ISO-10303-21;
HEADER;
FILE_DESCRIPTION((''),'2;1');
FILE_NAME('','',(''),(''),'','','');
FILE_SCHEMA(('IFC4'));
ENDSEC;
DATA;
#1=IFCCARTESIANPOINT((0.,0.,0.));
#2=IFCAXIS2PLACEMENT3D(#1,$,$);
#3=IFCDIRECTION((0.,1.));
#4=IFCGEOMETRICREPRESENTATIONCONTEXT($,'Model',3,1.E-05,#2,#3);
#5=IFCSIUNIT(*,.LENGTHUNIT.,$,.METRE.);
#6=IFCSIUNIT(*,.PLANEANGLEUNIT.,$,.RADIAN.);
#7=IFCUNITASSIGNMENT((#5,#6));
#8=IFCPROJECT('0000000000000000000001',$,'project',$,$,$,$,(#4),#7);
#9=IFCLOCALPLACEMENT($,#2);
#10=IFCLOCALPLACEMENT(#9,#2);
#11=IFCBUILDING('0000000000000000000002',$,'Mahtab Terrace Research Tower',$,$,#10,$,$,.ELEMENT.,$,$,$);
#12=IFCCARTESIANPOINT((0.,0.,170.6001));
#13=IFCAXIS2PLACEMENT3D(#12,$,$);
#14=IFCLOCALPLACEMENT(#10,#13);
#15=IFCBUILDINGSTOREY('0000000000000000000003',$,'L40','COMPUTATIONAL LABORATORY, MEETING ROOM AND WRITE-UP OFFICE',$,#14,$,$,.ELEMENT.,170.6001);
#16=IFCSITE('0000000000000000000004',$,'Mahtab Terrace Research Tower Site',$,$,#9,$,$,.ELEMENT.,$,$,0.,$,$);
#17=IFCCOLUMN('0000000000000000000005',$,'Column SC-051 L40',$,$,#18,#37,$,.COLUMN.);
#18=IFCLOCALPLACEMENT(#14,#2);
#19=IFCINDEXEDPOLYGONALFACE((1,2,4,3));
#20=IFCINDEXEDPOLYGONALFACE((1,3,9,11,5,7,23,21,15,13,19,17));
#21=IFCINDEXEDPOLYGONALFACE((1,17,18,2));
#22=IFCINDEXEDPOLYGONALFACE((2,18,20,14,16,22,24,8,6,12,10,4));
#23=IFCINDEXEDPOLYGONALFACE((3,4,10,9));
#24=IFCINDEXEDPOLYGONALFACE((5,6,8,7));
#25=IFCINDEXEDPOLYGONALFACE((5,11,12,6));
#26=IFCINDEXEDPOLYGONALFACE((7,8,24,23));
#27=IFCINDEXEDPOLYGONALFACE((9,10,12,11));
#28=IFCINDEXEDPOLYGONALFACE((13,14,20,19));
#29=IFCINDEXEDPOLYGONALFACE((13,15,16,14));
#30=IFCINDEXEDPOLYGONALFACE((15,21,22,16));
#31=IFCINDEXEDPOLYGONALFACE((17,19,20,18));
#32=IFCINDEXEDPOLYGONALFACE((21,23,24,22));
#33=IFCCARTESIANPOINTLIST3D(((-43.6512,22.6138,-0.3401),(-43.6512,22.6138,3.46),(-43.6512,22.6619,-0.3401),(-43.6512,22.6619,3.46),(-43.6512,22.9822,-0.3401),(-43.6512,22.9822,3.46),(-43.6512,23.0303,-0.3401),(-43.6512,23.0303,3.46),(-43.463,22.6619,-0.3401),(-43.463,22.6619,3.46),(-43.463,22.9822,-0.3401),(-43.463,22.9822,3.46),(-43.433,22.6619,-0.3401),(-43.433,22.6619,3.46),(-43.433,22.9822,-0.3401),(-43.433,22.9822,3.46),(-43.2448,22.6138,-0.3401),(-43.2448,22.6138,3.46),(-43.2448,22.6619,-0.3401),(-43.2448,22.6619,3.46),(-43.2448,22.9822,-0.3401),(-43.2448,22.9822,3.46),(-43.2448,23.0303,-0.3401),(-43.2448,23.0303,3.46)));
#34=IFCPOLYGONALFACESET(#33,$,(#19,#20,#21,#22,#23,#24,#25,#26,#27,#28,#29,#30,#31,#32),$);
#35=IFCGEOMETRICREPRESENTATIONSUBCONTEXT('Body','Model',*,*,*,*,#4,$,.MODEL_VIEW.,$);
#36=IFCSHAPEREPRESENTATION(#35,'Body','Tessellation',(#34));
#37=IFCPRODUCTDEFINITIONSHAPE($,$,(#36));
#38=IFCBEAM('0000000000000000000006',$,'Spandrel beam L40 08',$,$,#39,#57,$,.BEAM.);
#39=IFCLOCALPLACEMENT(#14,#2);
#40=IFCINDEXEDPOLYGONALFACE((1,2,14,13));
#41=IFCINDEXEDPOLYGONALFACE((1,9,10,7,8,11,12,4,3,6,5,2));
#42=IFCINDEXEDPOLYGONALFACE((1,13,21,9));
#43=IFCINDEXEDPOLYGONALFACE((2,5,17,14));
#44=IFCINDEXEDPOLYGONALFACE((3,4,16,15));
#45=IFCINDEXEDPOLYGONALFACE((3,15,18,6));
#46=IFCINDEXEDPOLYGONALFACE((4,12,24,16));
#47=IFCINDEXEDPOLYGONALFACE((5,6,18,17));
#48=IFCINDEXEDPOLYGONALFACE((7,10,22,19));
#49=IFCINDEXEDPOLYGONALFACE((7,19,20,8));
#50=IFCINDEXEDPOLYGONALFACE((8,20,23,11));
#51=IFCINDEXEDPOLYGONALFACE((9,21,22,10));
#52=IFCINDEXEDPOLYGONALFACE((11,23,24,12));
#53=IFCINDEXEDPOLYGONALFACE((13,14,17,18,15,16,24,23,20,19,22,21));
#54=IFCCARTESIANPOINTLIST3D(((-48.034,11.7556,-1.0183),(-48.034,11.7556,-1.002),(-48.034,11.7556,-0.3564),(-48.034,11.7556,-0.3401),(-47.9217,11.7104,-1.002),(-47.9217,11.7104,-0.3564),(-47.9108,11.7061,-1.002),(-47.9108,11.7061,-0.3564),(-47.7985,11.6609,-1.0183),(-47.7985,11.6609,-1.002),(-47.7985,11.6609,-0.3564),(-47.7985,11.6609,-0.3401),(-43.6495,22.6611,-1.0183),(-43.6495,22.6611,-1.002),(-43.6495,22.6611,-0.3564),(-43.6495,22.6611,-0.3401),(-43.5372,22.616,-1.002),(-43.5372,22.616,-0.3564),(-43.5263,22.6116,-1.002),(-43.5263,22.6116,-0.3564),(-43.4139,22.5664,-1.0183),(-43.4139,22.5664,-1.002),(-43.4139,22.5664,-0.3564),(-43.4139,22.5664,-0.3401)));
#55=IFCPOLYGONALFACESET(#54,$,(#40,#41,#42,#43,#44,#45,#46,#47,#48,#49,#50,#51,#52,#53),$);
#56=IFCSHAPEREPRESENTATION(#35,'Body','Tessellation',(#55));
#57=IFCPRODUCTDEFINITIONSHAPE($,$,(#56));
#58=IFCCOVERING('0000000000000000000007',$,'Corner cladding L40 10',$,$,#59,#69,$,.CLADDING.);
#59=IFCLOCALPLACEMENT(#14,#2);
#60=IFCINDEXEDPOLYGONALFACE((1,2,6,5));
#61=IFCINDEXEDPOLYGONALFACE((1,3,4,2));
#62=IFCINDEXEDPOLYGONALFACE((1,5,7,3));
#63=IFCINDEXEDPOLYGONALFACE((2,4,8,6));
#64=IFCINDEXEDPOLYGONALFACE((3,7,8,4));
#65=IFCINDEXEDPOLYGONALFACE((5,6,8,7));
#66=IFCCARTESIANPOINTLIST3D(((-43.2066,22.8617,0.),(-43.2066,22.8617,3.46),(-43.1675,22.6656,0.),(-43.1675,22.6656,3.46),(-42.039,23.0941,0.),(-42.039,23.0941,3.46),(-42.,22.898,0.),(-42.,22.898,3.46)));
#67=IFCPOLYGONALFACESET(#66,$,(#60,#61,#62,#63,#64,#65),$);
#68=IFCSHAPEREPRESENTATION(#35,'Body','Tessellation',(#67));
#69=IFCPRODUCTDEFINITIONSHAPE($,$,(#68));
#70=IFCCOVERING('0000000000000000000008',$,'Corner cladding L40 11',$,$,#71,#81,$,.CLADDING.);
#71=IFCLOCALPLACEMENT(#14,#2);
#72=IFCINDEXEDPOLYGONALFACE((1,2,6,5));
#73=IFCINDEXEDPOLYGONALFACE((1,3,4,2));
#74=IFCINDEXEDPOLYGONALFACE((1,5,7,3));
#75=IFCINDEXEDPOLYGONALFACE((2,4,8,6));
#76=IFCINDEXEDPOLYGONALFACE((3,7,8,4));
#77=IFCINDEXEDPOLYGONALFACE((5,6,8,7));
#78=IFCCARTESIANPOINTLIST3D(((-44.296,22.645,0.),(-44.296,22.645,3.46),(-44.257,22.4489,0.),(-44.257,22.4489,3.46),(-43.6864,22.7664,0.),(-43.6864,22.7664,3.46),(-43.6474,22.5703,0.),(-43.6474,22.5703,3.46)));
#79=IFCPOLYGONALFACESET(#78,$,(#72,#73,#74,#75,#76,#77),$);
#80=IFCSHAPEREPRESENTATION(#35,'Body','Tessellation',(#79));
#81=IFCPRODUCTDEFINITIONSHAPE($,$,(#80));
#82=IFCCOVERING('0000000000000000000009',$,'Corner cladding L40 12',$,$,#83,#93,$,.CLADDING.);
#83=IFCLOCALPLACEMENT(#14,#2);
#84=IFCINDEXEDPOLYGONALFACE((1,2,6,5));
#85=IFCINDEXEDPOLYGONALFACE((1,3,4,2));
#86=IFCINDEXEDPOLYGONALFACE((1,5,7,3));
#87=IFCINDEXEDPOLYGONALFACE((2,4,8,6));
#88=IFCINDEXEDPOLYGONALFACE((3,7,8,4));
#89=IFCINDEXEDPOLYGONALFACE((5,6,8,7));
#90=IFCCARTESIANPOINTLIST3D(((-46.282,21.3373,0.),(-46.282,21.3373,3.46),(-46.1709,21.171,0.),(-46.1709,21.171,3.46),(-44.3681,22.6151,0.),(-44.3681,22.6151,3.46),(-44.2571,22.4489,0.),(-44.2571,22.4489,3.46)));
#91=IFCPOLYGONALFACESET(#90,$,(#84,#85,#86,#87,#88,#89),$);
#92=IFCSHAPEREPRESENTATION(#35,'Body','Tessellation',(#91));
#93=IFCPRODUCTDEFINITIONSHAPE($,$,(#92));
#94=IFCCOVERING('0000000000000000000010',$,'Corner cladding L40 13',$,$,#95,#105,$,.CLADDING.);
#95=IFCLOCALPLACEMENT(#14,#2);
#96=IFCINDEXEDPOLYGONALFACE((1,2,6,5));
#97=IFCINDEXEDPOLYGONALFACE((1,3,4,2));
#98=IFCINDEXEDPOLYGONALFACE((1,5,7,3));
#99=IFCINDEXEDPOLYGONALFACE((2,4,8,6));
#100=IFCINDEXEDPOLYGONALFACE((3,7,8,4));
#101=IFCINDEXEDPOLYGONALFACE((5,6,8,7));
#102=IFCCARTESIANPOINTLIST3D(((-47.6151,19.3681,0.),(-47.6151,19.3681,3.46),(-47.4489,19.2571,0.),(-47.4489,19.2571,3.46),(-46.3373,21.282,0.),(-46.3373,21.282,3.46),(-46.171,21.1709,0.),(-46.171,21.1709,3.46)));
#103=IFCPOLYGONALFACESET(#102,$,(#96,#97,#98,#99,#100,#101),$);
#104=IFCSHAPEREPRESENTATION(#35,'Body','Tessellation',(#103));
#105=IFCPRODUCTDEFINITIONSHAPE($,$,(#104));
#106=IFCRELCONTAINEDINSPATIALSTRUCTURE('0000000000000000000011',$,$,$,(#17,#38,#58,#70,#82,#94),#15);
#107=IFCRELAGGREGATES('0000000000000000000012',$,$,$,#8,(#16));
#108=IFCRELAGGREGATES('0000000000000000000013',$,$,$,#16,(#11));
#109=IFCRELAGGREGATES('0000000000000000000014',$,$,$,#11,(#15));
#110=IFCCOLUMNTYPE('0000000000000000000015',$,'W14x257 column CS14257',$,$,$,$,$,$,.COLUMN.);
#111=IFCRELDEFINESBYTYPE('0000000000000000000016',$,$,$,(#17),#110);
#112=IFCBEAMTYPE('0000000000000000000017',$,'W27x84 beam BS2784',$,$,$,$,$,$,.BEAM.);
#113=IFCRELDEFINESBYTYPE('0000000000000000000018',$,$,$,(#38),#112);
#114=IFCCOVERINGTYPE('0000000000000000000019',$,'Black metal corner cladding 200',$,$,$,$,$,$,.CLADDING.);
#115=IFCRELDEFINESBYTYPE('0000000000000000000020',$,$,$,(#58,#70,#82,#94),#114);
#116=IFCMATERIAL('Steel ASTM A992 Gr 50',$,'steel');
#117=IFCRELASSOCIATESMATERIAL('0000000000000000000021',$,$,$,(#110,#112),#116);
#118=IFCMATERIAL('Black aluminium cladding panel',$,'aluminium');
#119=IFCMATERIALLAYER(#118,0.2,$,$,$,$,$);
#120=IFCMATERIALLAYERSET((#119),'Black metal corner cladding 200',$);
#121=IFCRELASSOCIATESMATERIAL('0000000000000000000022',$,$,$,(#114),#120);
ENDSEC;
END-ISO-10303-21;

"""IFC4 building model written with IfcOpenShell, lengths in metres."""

from ifc_helpers import new_model, si_unit, direction, frame, origin, origin_2d, place, context, subcontext, project, spatial, rectangle, i_section, extrude, material, layer, layer_set, material_profile, profile_set, type_object, element, save


model = new_model("IFC4")

# Units and contexts
model_context = context("Model", 3, precision=1e-05, world=origin(), true_north=direction((0.0, 1.0)))
body_context = subcontext(model_context, "Body", "Model", "MODEL_VIEW")
ifc_project = project(units=[si_unit("LENGTHUNIT", "METRE"), si_unit("PLANEANGLEUNIT", "RADIAN")], contexts=[model_context])

# Site, building, storey
site_placement = place(None, origin())
site = spatial("IfcSite", under=ifc_project, at=site_placement, Name="Mahtab Terrace Research Tower Site", CompositionType="ELEMENT", RefElevation=0.0)
building_placement = place(site_placement, origin())
building = spatial("IfcBuilding", under=site, at=building_placement, Name="Mahtab Terrace Research Tower", CompositionType="ELEMENT")
storey_placement = place(building_placement, frame((0.0, 0.0, 170.6001)))
storey = spatial("IfcBuildingStorey", under=building, at=storey_placement, Name="L40", Description="COMPUTATIONAL LABORATORY, MEETING ROOM AND WRITE-UP OFFICE", CompositionType="ELEMENT", Elevation=170.6001)

# Column
ifc_material_1 = material(Name="Steel ASTM A992 Gr 50", Category="steel")
ifc_material_profile_1 = material_profile(ifc_material_1, i_section(OverallWidth=0.4065, OverallDepth=0.4165, WebThickness=0.03, FlangeThickness=0.0481, at=origin_2d()), Name="W14X257")
ifc_profile_set_1 = profile_set([ifc_material_profile_1], Name="Steel ASTM A992 Gr 50")
column_type = type_object("IfcColumnType", Name="W14x257 column CS14257", PredefinedType="COLUMN", material=ifc_profile_set_1)
column_placement = place(storey_placement, frame((-43.448, 22.822, -0.3401), z_axis=(0.0, 0.0, 1.0), x_axis=(1.0, 0.0, 0.0)))
element("IfcColumn", 1, at=column_placement, inside=storey, type_object=column_type, Name="Column SC-051 L40", PredefinedType="COLUMN", context=body_context, shape_type="SweptSolid", body=[
    extrude(i_section(OverallWidth=0.4065, OverallDepth=0.4165, WebThickness=0.03, FlangeThickness=0.0481, at=origin_2d()), origin(), (0.0, 0.0, 1.0), 3.8),
])

# Beam
ifc_material_profile_2 = material_profile(ifc_material_1, i_section(OverallWidth=0.2539, OverallDepth=0.6782, WebThickness=0.0117, FlangeThickness=0.0164, at=origin_2d()), Name="W27X84")
ifc_profile_set_2 = profile_set([ifc_material_profile_2], Name="Steel ASTM A992 Gr 50")
beam_type = type_object("IfcBeamType", Name="W27x84 beam BS2784", PredefinedType="BEAM", material=ifc_profile_set_2)
beam_placement = place(storey_placement, frame((-43.5317, 22.6138, -0.6792), z_axis=(-0.373027, -0.927821, 0.0), x_axis=(0.927821, -0.373027, 0.0)))
element("IfcBeam", 2, at=beam_placement, inside=storey, type_object=beam_type, Name="Spandrel beam L40 08", PredefinedType="BEAM", context=body_context, shape_type="SweptSolid", body=[
    extrude(i_section(OverallWidth=0.2539, OverallDepth=0.6782, WebThickness=0.0117, FlangeThickness=0.0164, at=origin_2d()), origin(), (0.0, 0.0, 1.0), 11.7539),
])

# Coverings
ifc_material_2 = material(Name="Black aluminium cladding panel", Category="aluminium")
ifc_layer = layer(ifc_material_2, 0.2)
ifc_layer_set = layer_set([ifc_layer], Name="Black metal corner cladding 200")
covering_type = type_object("IfcCoveringType", Name="Black metal corner cladding 200", PredefinedType="CLADDING", material=ifc_layer_set)
covering_1_placement = place(storey_placement, frame((-42.6033, 22.8799, 0.0), z_axis=(0.0, 0.0, 1.0), x_axis=(-0.980761, -0.195212, 0.0)))
element("IfcCovering", 3, at=covering_1_placement, inside=storey, type_object=covering_type, Name="Corner cladding L40 10", PredefinedType="CLADDING", context=body_context, shape_type="SweptSolid", body=[
    extrude(rectangle(XDim=1.1904, YDim=0.2, at=origin_2d()), origin(), (0.0, 0.0, 1.0), 3.46),
])
covering_2_placement = place(storey_placement, frame((-43.9717, 22.6077, 0.0), z_axis=(0.0, 0.0, 1.0), x_axis=(-0.980761, -0.195212, 0.0)))
element("IfcCovering", 4, at=covering_2_placement, inside=storey, type_object=covering_type, Name="Corner cladding L40 11", PredefinedType="CLADDING", context=body_context, shape_type="SweptSolid", body=[
    extrude(rectangle(XDim=0.6216, YDim=0.2, at=origin_2d()), origin(), (0.0, 0.0, 1.0), 3.46),
])
for number, where, z_axis, x_axis, name in (
    (5, (-45.2695, 21.8931, 0.0), (0.0, 0.0, 1.0), (-0.831656, -0.555291, 0.0), "Corner cladding L40 12"),
    (6, (-46.8931, 20.2695, 0.0), (0.0, 0.0, 1.0), (-0.555291, -0.831656, 0.0), "Corner cladding L40 13"),
):
    element("IfcCovering", number, at=place(storey_placement, frame(where, z_axis=z_axis, x_axis=x_axis)), inside=storey, type_object=covering_type, Name=name, PredefinedType="CLADDING", context=body_context, shape_type="SweptSolid", body=[
        extrude(rectangle(XDim=2.3013, YDim=0.2, at=origin_2d()), origin(), (0.0, 0.0, 1.0), 3.46),
    ])

save(model, "model.ifc")
